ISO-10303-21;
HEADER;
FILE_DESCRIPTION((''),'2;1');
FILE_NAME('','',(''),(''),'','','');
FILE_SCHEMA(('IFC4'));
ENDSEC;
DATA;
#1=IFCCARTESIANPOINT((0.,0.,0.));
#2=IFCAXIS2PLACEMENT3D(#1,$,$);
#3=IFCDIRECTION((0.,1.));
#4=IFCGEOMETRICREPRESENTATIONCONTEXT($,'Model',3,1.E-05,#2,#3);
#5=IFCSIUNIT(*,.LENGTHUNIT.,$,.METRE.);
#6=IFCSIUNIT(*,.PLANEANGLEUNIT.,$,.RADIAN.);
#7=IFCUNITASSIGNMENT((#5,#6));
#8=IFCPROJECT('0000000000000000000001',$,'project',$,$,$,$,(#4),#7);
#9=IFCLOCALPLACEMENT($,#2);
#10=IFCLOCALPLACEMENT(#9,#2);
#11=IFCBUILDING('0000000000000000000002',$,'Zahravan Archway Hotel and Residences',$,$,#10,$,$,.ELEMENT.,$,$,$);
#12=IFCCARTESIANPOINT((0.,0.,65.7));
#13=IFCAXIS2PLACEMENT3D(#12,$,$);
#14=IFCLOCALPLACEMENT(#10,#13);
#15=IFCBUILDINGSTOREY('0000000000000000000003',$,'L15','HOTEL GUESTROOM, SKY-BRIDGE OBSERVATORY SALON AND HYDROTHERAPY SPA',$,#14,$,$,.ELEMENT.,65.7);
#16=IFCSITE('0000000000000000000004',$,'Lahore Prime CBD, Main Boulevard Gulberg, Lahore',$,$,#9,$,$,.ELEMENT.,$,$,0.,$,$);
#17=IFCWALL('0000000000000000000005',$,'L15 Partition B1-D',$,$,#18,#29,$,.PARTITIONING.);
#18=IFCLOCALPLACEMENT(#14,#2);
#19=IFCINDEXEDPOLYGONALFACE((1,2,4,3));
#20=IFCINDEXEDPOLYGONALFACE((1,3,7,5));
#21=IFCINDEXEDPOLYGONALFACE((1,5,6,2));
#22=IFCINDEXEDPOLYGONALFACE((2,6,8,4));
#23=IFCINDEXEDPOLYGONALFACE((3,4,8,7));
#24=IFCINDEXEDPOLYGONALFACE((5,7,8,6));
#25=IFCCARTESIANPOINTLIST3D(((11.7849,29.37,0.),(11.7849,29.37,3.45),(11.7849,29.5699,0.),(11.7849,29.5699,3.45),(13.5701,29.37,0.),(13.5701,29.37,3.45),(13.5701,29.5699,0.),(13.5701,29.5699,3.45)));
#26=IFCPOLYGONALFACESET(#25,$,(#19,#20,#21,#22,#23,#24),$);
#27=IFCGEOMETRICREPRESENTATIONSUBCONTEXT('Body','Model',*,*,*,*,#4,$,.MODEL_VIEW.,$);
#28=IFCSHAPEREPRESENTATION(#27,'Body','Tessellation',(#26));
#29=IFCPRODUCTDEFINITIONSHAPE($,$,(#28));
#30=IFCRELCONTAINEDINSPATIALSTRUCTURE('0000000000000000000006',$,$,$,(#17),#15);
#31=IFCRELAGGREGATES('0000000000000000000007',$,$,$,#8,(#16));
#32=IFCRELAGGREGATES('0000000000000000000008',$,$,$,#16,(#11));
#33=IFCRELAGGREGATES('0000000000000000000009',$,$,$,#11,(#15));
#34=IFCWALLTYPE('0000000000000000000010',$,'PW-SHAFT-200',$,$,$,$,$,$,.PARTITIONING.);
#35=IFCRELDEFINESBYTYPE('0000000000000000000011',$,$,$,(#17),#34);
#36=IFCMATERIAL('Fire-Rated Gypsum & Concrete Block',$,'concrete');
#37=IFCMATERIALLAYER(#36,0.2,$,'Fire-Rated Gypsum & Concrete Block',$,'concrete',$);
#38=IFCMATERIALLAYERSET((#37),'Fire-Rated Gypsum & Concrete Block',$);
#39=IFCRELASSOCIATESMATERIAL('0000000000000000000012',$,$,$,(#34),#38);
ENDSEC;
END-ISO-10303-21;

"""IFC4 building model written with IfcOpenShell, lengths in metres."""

from ifc_helpers import new_model, si_unit, direction, frame, frame_2d, origin, place, context, subcontext, project, spatial, rectangle, extrude, material, layer, layer_set, type_object, element, save


model = new_model("IFC4")

# Units and contexts
model_context = context("Model", 3, precision=1e-05, world=origin(), true_north=direction((0.0, 1.0)))
body_context = subcontext(model_context, "Body", "Model", "MODEL_VIEW")
ifc_project = project(units=[si_unit("LENGTHUNIT", "METRE"), si_unit("PLANEANGLEUNIT", "RADIAN")], contexts=[model_context])

# Site, building, storey
site_placement = place(None, origin())
site = spatial("IfcSite", under=ifc_project, at=site_placement, Name="Lahore Prime CBD, Main Boulevard Gulberg, Lahore", CompositionType="ELEMENT", RefElevation=0.0)
building_placement = place(site_placement, origin())
building = spatial("IfcBuilding", under=site, at=building_placement, Name="Zahravan Archway Hotel and Residences", CompositionType="ELEMENT")
storey_placement = place(building_placement, frame((0.0, 0.0, 65.7)))
storey = spatial("IfcBuildingStorey", under=building, at=storey_placement, Name="L15", Description="HOTEL GUESTROOM, SKY-BRIDGE OBSERVATORY SALON AND HYDROTHERAPY SPA", CompositionType="ELEMENT", Elevation=65.7)

# Shared definitions
ifc_material_1 = material(Name="Fire-Rated Gypsum & Concrete Block", Category="concrete")
ifc_layer_1 = layer(ifc_material_1, 0.2, Name="Fire-Rated Gypsum & Concrete Block", Category="concrete")
ifc_layer_set_1 = layer_set([ifc_layer_1], Name="Fire-Rated Gypsum & Concrete Block")
wall_type_1 = type_object("IfcWallType", Name="PW-SHAFT-200", PredefinedType="PARTITIONING", material=ifc_layer_set_1)

# Wall
wall_1_placement = place(storey_placement, frame((11.7849, 29.47, 0.0), z_axis=(0.0, 0.0, 1.0), x_axis=(1.0, 0.0, 0.0)))
element("IfcWall", 1, at=wall_1_placement, inside=storey, type_object=wall_type_1, Name="L15 Partition B1-D", PredefinedType="PARTITIONING", context=body_context, shape_type="SweptSolid", body=[
    extrude(rectangle(XDim=1.7852, YDim=0.2, at=frame_2d((0.8926, 0.0))), origin(), (0.0, 0.0, 1.0), 3.45),
])

save(model, "model.ifc")
